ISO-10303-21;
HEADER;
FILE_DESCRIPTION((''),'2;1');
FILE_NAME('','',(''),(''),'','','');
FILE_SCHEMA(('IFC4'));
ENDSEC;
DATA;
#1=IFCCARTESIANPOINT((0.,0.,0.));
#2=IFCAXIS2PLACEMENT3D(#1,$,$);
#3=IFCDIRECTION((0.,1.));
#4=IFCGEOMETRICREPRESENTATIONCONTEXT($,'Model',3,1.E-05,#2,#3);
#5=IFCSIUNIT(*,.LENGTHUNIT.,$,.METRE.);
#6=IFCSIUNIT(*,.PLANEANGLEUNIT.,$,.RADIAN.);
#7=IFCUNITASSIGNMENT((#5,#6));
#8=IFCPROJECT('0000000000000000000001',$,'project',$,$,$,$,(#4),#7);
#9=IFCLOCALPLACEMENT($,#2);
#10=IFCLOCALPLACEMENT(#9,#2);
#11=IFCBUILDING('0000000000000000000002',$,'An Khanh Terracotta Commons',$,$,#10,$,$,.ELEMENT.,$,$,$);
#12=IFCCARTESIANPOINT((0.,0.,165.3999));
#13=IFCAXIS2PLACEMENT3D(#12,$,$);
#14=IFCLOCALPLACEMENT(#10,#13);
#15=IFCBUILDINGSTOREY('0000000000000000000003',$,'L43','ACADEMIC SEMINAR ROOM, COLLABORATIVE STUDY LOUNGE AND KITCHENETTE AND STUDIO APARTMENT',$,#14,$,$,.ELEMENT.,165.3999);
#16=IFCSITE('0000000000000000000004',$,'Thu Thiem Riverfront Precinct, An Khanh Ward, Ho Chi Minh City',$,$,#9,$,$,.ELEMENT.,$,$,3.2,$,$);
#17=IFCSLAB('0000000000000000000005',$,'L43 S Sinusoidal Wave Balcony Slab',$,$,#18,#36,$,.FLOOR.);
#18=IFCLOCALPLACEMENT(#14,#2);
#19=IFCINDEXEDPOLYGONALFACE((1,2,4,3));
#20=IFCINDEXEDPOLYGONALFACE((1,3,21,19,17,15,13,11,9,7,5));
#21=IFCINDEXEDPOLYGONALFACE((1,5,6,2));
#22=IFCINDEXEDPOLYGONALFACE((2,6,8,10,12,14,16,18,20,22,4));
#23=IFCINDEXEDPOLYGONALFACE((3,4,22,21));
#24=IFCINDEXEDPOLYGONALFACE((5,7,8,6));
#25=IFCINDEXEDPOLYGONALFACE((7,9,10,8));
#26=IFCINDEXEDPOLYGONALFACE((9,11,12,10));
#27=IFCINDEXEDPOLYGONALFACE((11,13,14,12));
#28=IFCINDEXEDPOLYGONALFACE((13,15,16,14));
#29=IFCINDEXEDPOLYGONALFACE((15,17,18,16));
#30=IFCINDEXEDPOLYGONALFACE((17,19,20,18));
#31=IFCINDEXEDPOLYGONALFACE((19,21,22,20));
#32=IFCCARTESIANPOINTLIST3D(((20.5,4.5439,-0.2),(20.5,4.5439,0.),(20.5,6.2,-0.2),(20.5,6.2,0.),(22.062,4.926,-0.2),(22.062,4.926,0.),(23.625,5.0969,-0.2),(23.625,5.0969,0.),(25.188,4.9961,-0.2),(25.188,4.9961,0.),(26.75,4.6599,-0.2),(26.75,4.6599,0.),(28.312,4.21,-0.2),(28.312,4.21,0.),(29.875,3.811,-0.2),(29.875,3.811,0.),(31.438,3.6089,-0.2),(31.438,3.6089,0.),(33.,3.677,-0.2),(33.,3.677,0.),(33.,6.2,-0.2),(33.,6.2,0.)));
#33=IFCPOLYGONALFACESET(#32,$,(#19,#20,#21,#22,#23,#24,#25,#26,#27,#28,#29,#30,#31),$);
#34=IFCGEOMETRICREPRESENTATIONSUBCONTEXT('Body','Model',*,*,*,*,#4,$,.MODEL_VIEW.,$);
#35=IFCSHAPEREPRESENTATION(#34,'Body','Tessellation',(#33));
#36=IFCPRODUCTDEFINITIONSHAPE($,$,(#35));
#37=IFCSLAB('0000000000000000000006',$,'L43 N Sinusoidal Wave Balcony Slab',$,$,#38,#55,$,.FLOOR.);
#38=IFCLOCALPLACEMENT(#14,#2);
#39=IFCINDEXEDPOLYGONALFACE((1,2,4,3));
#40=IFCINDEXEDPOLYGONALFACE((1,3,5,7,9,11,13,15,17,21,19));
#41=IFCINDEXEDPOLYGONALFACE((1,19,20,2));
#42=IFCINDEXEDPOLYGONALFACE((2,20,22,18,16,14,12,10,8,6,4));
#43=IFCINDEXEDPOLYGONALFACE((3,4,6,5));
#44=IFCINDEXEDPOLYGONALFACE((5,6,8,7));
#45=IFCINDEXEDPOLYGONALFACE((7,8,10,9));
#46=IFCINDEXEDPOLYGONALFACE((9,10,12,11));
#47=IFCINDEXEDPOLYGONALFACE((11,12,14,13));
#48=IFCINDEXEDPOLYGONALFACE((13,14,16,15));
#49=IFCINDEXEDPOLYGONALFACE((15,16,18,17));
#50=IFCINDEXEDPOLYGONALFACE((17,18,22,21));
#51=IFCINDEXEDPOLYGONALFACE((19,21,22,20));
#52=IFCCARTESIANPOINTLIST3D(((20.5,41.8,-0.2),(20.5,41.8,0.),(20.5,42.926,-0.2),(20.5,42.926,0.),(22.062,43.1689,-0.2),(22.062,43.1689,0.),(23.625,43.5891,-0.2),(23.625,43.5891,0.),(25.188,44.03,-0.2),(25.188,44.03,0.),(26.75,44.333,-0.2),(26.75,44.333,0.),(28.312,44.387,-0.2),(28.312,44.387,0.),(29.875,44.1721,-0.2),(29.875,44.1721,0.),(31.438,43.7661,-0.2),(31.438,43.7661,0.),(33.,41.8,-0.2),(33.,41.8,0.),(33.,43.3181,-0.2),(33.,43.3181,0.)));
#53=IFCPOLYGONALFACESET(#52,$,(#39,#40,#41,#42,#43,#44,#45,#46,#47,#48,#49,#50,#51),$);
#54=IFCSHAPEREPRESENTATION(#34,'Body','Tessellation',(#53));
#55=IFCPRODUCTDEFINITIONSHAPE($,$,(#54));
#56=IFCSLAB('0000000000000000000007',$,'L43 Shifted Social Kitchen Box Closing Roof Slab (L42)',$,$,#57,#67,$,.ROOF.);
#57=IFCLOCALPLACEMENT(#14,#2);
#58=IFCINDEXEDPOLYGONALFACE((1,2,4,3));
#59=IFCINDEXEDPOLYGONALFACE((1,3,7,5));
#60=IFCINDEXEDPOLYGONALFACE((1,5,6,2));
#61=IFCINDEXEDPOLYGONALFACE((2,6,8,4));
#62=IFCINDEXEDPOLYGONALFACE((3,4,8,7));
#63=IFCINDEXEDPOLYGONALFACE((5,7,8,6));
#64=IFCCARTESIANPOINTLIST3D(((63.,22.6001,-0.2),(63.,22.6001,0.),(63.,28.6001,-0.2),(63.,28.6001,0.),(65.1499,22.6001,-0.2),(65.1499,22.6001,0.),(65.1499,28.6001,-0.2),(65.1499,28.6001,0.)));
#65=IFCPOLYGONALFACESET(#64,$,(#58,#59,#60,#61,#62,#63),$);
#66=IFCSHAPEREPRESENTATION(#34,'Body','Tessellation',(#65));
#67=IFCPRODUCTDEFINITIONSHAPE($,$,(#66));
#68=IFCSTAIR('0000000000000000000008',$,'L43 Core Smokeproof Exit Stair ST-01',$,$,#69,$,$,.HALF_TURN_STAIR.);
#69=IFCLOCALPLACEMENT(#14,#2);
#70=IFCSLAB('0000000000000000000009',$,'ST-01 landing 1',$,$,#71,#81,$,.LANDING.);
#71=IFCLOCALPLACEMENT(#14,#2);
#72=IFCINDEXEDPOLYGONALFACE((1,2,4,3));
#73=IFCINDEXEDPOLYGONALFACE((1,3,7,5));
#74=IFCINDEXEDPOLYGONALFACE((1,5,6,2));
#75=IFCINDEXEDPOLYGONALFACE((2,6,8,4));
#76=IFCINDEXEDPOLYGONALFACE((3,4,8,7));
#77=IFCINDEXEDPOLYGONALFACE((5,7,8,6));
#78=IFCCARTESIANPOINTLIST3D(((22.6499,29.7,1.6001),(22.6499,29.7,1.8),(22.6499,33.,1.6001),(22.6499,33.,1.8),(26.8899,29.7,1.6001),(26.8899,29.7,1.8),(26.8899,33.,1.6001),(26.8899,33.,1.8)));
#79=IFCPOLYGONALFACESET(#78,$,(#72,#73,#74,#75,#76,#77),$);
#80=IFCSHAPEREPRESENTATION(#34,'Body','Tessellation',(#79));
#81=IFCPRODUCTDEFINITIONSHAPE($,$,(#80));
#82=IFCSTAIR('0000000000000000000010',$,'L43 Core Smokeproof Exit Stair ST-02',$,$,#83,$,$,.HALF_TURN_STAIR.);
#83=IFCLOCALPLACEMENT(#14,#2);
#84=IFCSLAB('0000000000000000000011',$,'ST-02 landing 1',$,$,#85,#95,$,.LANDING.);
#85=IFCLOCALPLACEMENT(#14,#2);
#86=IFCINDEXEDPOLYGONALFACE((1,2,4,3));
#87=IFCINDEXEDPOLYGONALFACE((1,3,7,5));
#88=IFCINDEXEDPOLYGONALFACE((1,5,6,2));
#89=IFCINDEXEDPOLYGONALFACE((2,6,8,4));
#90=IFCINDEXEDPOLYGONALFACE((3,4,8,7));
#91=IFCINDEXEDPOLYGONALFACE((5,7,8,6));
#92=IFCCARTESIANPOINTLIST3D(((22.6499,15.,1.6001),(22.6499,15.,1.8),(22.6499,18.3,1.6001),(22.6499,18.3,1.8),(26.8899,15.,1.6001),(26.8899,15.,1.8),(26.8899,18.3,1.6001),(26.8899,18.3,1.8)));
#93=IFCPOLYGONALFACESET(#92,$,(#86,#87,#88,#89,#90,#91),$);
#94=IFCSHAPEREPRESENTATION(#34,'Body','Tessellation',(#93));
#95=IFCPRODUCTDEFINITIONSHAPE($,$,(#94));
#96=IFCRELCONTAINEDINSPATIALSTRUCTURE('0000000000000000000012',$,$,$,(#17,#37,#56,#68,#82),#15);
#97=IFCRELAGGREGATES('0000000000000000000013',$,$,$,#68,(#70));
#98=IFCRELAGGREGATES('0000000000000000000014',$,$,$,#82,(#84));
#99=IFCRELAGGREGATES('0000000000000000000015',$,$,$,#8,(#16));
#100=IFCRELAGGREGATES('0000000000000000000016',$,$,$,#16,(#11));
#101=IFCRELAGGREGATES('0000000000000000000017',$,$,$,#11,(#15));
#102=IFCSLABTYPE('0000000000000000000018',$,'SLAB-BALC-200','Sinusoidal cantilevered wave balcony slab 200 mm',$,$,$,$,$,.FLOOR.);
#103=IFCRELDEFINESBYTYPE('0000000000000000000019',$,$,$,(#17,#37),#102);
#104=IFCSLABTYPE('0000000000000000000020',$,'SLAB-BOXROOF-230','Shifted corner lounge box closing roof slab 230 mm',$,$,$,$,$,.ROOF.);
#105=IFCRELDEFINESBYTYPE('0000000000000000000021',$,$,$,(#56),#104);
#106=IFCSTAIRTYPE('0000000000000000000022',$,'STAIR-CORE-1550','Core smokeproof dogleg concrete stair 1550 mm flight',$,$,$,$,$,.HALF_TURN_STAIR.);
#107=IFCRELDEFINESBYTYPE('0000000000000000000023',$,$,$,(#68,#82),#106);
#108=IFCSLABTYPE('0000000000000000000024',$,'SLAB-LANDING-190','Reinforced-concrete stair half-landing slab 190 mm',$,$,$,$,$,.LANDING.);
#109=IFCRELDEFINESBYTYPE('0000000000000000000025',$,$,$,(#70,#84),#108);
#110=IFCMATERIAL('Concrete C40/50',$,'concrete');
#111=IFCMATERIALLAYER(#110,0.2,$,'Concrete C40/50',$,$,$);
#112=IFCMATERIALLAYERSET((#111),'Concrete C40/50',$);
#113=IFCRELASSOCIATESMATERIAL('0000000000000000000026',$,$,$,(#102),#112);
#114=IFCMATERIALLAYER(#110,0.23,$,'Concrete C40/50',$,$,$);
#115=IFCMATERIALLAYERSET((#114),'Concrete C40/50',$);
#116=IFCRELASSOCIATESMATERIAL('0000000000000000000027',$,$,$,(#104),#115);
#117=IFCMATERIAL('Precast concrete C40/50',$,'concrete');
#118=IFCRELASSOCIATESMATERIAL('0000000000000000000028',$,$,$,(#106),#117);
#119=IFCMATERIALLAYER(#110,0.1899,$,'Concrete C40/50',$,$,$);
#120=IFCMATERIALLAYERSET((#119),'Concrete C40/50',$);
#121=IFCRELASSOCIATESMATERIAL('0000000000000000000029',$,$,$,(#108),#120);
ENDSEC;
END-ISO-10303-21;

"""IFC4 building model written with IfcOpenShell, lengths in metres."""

from ifc_helpers import new_model, si_unit, direction, frame, origin, place, context, subcontext, project, spatial, polyline, outline, extrude, material, layer, layer_set, type_object, element, aggregate, save


model = new_model("IFC4")

# Units and contexts
model_context = context("Model", 3, precision=1e-05, world=origin(), true_north=direction((0.0, 1.0)))
body_context = subcontext(model_context, "Body", "Model", "MODEL_VIEW")
ifc_project = project(units=[si_unit("LENGTHUNIT", "METRE"), si_unit("PLANEANGLEUNIT", "RADIAN")], contexts=[model_context])

# Site, building, storey
site_placement = place(None, origin())
site = spatial("IfcSite", under=ifc_project, at=site_placement, Name="Thu Thiem Riverfront Precinct, An Khanh Ward, Ho Chi Minh City", CompositionType="ELEMENT", RefElevation=3.2)
building_placement = place(site_placement, origin())
building = spatial("IfcBuilding", under=site, at=building_placement, Name="An Khanh Terracotta Commons", CompositionType="ELEMENT")
storey_placement = place(building_placement, frame((0.0, 0.0, 165.3999)))
storey = spatial("IfcBuildingStorey", under=building, at=storey_placement, Name="L43", Description="ACADEMIC SEMINAR ROOM, COLLABORATIVE STUDY LOUNGE AND KITCHENETTE AND STUDIO APARTMENT", CompositionType="ELEMENT", Elevation=165.3999)

# Slabs
ifc_material_1 = material(Name="Concrete C40/50", Category="concrete")
ifc_layer_1 = layer(ifc_material_1, 0.2, Name="Concrete C40/50")
ifc_layer_set_1 = layer_set([ifc_layer_1], Name="Concrete C40/50")
slab_type_1 = type_object("IfcSlabType", Name="SLAB-BALC-200", Description="Sinusoidal cantilevered wave balcony slab 200 mm", PredefinedType="FLOOR", material=ifc_layer_set_1)
slab_1_placement = place(storey_placement, frame((0.0, 0.0, -0.2)))
element("IfcSlab", 1, at=slab_1_placement, inside=storey, type_object=slab_type_1, Name="L43 S Sinusoidal Wave Balcony Slab", PredefinedType="FLOOR", context=body_context, shape_type="SweptSolid", body=[
    extrude(outline(polyline([(20.5, 6.2), (20.5, 4.5439), (22.062, 4.926), (23.625, 5.0969), (25.188, 4.9961), (26.75, 4.6599), (28.312, 4.21), (29.875, 3.811), (31.438, 3.6089), (33.0, 3.677), (33.0, 6.2), (20.5, 6.2)])), origin(), (0.0, 0.0, 1.0), 0.2),
])
slab_2_placement = place(storey_placement, frame((0.0, 0.0, -0.2)))
element("IfcSlab", 2, at=slab_2_placement, inside=storey, type_object=slab_type_1, Name="L43 N Sinusoidal Wave Balcony Slab", PredefinedType="FLOOR", context=body_context, shape_type="SweptSolid", body=[
    extrude(outline(polyline([(33.0, 41.8), (33.0, 43.3181), (31.438, 43.7661), (29.875, 44.1721), (28.312, 44.387), (26.75, 44.333), (25.188, 44.03), (23.625, 43.5891), (22.062, 43.1689), (20.5, 42.926), (20.5, 41.8), (33.0, 41.8)])), origin(), (0.0, 0.0, 1.0), 0.2),
])
ifc_layer_2 = layer(ifc_material_1, 0.23, Name="Concrete C40/50")
ifc_layer_set_2 = layer_set([ifc_layer_2], Name="Concrete C40/50")
slab_type_2 = type_object("IfcSlabType", Name="SLAB-BOXROOF-230", Description="Shifted corner lounge box closing roof slab 230 mm", PredefinedType="ROOF", material=ifc_layer_set_2)
slab_3_placement = place(storey_placement, frame((0.0, 0.0, -0.2)))
element("IfcSlab", 3, at=slab_3_placement, inside=storey, type_object=slab_type_2, Name="L43 Shifted Social Kitchen Box Closing Roof Slab (L42)", PredefinedType="ROOF", context=body_context, shape_type="SweptSolid", body=[
    extrude(outline(polyline([(63.0, 22.6001), (65.1499, 22.6001), (65.1499, 28.6001), (63.0, 28.6001), (63.0, 22.6001)])), origin(), (0.0, 0.0, 1.0), 0.2),
])

# Stairs, slabs
ifc_material_2 = material(Name="Precast concrete C40/50", Category="concrete")
stair_type = type_object("IfcStairType", Name="STAIR-CORE-1550", Description="Core smokeproof dogleg concrete stair 1550 mm flight", PredefinedType="HALF_TURN_STAIR", material=ifc_material_2)
stair_1_placement = place(storey_placement, origin())
stair_1 = element("IfcStair", 4, at=stair_1_placement, inside=storey, type_object=stair_type, Name="L43 Core Smokeproof Exit Stair ST-01", PredefinedType="HALF_TURN_STAIR")
ifc_layer_3 = layer(ifc_material_1, 0.1899, Name="Concrete C40/50")
ifc_layer_set_3 = layer_set([ifc_layer_3], Name="Concrete C40/50")
slab_type_3 = type_object("IfcSlabType", Name="SLAB-LANDING-190", Description="Reinforced-concrete stair half-landing slab 190 mm", PredefinedType="LANDING", material=ifc_layer_set_3)
slab_4_placement = place(storey_placement, frame((0.0, 0.0, 1.6001)))
slab_4 = element("IfcSlab", 5, at=slab_4_placement, type_object=slab_type_3, Name="ST-01 landing 1", PredefinedType="LANDING", context=body_context, shape_type="SweptSolid", body=[
    extrude(outline(polyline([(26.8899, 33.0), (22.6499, 33.0), (22.6499, 29.7), (26.8899, 29.7), (26.8899, 33.0)])), origin(), (0.0, 0.0, 1.0), 0.2),
])
aggregate(stair_1, [slab_4])
stair_2_placement = place(storey_placement, origin())
stair_2 = element("IfcStair", 6, at=stair_2_placement, inside=storey, type_object=stair_type, Name="L43 Core Smokeproof Exit Stair ST-02", PredefinedType="HALF_TURN_STAIR")
slab_5_placement = place(storey_placement, frame((0.0, 0.0, 1.6001)))
slab_5 = element("IfcSlab", 7, at=slab_5_placement, type_object=slab_type_3, Name="ST-02 landing 1", PredefinedType="LANDING", context=body_context, shape_type="SweptSolid", body=[
    extrude(outline(polyline([(26.8899, 18.3), (22.6499, 18.3), (22.6499, 15.0), (26.8899, 15.0), (26.8899, 18.3)])), origin(), (0.0, 0.0, 1.0), 0.2),
])
aggregate(stair_2, [slab_5])

save(model, "model.ifc")
